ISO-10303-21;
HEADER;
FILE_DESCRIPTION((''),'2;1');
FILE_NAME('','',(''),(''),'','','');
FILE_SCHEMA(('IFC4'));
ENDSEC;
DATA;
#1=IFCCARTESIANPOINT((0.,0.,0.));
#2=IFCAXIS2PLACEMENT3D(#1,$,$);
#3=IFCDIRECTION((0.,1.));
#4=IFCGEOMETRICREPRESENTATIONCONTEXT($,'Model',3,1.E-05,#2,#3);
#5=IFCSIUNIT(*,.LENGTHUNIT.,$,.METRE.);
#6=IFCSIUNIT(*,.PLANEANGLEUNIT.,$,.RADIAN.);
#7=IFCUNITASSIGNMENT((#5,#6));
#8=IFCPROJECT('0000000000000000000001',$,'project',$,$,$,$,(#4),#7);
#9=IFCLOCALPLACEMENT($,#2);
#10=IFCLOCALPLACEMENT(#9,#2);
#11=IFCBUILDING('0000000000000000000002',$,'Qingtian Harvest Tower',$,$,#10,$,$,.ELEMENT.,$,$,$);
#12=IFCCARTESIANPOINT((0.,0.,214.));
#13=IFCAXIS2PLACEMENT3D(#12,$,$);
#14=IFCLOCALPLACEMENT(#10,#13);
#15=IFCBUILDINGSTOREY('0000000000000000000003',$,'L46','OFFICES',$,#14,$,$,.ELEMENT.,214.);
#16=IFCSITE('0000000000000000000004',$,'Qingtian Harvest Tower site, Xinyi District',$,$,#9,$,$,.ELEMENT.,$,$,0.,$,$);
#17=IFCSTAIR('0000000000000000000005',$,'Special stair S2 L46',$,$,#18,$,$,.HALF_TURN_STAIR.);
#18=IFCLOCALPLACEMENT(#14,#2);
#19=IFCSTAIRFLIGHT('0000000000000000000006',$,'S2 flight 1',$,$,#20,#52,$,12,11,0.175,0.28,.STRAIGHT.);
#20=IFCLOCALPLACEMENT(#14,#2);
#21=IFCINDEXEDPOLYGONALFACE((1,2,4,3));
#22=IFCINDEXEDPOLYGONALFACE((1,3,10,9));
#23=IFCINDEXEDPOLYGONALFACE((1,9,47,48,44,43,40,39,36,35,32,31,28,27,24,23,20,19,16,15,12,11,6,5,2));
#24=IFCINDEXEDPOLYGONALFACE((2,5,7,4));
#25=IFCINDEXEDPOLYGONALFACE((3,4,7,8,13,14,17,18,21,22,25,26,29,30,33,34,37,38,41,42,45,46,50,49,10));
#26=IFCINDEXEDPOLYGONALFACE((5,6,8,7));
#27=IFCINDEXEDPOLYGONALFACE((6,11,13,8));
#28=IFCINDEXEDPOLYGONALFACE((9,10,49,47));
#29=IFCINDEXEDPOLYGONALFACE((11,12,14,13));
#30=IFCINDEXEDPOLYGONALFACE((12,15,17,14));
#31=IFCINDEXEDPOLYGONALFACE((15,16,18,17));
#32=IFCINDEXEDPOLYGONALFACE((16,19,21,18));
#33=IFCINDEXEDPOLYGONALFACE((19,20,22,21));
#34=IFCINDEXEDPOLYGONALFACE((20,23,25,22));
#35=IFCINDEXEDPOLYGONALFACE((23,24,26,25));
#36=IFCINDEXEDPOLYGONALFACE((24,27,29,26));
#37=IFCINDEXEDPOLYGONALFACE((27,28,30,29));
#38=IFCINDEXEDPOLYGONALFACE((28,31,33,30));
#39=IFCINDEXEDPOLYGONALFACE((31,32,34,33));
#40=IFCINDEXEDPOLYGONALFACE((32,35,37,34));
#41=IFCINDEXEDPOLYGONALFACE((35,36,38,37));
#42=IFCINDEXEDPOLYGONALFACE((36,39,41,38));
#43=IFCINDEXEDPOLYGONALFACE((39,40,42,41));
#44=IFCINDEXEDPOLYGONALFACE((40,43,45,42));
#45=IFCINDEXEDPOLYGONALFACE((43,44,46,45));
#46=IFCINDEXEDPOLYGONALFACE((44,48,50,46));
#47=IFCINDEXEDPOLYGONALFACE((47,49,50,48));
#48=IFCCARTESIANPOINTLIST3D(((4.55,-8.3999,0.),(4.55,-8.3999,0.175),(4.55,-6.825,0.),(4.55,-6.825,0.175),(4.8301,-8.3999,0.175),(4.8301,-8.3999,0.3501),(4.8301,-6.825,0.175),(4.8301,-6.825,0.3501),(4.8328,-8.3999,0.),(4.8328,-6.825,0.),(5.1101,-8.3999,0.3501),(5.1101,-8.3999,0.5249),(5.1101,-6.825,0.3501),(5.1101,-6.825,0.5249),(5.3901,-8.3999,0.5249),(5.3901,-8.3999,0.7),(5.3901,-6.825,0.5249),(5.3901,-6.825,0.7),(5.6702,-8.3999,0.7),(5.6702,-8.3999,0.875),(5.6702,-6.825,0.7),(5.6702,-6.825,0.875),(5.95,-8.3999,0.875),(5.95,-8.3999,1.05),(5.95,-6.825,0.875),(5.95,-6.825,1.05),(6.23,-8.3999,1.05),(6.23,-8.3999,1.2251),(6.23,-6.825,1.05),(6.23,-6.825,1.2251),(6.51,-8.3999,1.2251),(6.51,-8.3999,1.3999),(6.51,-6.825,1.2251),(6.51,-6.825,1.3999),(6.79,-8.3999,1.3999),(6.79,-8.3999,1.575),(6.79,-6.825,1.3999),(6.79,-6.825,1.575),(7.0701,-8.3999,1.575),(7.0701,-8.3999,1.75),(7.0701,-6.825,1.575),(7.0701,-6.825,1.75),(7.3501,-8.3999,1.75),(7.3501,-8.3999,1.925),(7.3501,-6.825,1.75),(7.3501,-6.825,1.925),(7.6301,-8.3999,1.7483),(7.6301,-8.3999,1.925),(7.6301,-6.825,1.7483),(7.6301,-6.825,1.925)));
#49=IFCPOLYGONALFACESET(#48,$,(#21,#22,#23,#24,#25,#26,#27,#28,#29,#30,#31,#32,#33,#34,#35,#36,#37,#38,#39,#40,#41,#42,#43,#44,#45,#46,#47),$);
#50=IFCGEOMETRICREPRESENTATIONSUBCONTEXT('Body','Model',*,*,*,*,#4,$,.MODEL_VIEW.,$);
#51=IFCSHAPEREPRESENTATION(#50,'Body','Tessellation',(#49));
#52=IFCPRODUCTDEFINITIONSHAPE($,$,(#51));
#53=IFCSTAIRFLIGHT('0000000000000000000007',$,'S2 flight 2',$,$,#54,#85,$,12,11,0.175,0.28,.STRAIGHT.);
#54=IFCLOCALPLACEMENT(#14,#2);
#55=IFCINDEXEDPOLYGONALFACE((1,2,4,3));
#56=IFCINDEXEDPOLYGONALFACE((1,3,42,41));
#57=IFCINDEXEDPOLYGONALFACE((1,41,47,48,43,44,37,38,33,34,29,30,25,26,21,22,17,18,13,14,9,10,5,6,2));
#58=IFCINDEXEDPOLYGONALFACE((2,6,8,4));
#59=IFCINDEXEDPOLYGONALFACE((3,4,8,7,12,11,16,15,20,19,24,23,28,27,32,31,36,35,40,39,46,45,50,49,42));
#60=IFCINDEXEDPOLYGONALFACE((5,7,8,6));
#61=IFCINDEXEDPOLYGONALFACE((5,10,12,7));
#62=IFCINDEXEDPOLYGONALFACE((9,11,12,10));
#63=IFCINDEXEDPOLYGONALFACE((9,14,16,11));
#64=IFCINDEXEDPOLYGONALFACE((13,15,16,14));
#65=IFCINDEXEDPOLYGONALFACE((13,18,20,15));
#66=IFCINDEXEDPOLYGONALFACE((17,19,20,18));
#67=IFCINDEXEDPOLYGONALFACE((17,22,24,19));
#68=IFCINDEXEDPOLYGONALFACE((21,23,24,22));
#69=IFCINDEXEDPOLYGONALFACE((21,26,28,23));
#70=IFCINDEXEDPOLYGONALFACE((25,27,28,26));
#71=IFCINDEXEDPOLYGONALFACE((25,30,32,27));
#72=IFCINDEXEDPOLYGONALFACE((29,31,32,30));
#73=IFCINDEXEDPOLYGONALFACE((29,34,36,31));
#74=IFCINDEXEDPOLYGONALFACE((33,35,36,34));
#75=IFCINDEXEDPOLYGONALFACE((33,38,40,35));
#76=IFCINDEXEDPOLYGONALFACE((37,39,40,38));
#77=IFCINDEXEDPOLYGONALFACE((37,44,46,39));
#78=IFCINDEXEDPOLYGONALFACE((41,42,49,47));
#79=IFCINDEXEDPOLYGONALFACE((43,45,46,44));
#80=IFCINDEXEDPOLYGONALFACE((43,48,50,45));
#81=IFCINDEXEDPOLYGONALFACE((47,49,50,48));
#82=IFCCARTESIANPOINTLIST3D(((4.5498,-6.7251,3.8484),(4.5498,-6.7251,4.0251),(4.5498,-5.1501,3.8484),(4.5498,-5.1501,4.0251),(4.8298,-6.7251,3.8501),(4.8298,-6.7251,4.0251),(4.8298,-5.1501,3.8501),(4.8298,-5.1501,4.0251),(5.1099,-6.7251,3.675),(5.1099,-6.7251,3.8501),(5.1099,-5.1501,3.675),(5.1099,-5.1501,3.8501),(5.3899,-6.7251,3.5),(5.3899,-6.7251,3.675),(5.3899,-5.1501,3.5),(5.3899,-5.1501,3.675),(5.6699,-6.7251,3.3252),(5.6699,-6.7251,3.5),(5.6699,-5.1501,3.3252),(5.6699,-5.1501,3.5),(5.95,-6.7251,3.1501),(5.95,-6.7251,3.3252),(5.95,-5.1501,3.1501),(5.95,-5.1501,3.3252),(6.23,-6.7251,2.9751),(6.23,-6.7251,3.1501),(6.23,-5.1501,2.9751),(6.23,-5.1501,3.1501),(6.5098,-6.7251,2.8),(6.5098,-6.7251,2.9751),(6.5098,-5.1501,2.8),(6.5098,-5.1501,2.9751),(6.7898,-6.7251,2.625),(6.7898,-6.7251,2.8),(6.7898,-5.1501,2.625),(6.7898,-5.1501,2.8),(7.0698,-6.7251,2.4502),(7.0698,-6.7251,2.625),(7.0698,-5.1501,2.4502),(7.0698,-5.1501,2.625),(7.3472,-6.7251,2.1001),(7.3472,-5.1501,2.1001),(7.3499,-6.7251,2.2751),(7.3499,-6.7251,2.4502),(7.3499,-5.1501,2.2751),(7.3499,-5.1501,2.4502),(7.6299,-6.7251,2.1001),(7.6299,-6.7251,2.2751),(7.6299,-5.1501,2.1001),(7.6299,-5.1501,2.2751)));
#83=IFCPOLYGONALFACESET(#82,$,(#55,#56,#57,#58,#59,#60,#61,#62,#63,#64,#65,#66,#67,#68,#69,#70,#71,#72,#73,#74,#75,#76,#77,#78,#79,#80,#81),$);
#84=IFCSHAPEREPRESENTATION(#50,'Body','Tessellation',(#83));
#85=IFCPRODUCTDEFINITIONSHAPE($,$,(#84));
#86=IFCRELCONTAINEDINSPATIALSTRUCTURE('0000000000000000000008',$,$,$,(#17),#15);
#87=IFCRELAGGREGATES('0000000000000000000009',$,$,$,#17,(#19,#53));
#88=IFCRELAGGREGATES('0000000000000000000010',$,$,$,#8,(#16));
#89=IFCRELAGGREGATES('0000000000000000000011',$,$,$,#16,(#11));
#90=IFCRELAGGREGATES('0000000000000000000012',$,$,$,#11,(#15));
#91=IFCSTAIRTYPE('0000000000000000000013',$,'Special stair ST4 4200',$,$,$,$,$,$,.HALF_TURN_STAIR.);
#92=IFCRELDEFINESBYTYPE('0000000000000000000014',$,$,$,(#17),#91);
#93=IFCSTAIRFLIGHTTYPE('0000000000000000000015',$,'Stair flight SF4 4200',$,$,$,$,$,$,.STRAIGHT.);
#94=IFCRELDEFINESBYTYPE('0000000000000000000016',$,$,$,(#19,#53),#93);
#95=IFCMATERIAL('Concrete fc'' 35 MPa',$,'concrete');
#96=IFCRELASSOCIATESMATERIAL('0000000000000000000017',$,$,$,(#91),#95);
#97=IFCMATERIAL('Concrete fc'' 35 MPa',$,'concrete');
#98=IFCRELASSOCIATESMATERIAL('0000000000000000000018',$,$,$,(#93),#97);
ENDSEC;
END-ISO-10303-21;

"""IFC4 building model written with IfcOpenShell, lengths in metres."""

from ifc_helpers import new_model, si_unit, direction, frame, origin, place, context, subcontext, project, spatial, polyline, outline, extrude, material, type_object, element, aggregate, save


model = new_model("IFC4")

# Units and contexts
model_context = context("Model", 3, precision=1e-05, world=origin(), true_north=direction((0.0, 1.0)))
body_context = subcontext(model_context, "Body", "Model", "MODEL_VIEW")
ifc_project = project(units=[si_unit("LENGTHUNIT", "METRE"), si_unit("PLANEANGLEUNIT", "RADIAN")], contexts=[model_context])

# Site, building, storey
site_placement = place(None, origin())
site = spatial("IfcSite", under=ifc_project, at=site_placement, Name="Qingtian Harvest Tower site, Xinyi District", CompositionType="ELEMENT", RefElevation=0.0)
building_placement = place(site_placement, origin())
building = spatial("IfcBuilding", under=site, at=building_placement, Name="Qingtian Harvest Tower", CompositionType="ELEMENT")
storey_placement = place(building_placement, frame((0.0, 0.0, 214.0)))
storey = spatial("IfcBuildingStorey", under=building, at=storey_placement, Name="L46", Description="OFFICES", CompositionType="ELEMENT", Elevation=214.0)

# Stair, stair flights
ifc_material_1 = material(Name="Concrete fc' 35 MPa", Category="concrete")
stair_type = type_object("IfcStairType", Name="Special stair ST4 4200", PredefinedType="HALF_TURN_STAIR", material=ifc_material_1)
stair_placement = place(storey_placement, origin())
stair = element("IfcStair", 1, at=stair_placement, inside=storey, type_object=stair_type, Name="Special stair S2 L46", PredefinedType="HALF_TURN_STAIR")
ifc_material_2 = material(Name="Concrete fc' 35 MPa", Category="concrete")
stair_flight_type = type_object("IfcStairFlightType", Name="Stair flight SF4 4200", PredefinedType="STRAIGHT", material=ifc_material_2)
stair_flight_1_placement = place(storey_placement, frame((4.55, -7.6125, 0.0), z_axis=(0.0, 0.0, 1.0), x_axis=(1.0, 0.0, 0.0)))
stair_flight_1 = element("IfcStairFlight", 2, at=stair_flight_1_placement, type_object=stair_flight_type, Name="S2 flight 1", NumberOfRisers=12, NumberOfTreads=11, PredefinedType="STRAIGHT", RiserHeight=0.175, TreadLength=0.28, context=body_context, shape_type="SweptSolid", body=[
    extrude(outline(polyline([(0.0, 0.0), (0.0, 0.175), (0.28, 0.175), (0.28, 0.3501), (0.5601, 0.3501), (0.5601, 0.5249), (0.8401, 0.5249), (0.8401, 0.7), (1.1201, 0.7), (1.1201, 0.875), (1.3999, 0.875), (1.3999, 1.05), (1.6799, 1.05), (1.6799, 1.2251), (1.96, 1.2251), (1.96, 1.3999), (2.24, 1.3999), (2.24, 1.575), (2.52, 1.575), (2.52, 1.75), (2.8, 1.75), (2.8, 1.925), (3.0801, 1.925), (3.0801, 2.1001), (3.0801, 1.7483), (0.2827, 0.0), (0.0, 0.0)])), frame((0.0, 0.7876, 0.0), z_axis=(0.0, -1.0, 0.0), x_axis=(1.0, 0.0, 0.0)), (0.0, 0.0, 1.0), 1.575),
])
stair_flight_2_placement = place(storey_placement, frame((7.6299, -5.9375, 2.1001), z_axis=(0.0, 0.0, 1.0), x_axis=(-1.0, 0.0, 0.0)))
stair_flight_2 = element("IfcStairFlight", 3, at=stair_flight_2_placement, type_object=stair_flight_type, Name="S2 flight 2", NumberOfRisers=12, NumberOfTreads=11, PredefinedType="STRAIGHT", RiserHeight=0.175, TreadLength=0.28, context=body_context, shape_type="SweptSolid", body=[
    extrude(outline(polyline([(0.0, 0.0), (0.0, 0.175), (0.28, 0.175), (0.28, 0.3501), (0.5601, 0.3501), (0.5601, 0.5249), (0.8401, 0.5249), (0.8401, 0.7), (1.1201, 0.7), (1.1201, 0.875), (1.3999, 0.875), (1.3999, 1.05), (1.6799, 1.05), (1.6799, 1.2251), (1.96, 1.2251), (1.96, 1.3999), (2.24, 1.3999), (2.24, 1.575), (2.52, 1.575), (2.52, 1.75), (2.8, 1.75), (2.8, 1.925), (3.0801, 1.925), (3.0801, 2.1001), (3.0801, 1.7483), (0.2827, 0.0), (0.0, 0.0)])), frame((0.0, 0.7876, 0.0), z_axis=(0.0, -1.0, 0.0), x_axis=(1.0, 0.0, 0.0)), (0.0, 0.0, 1.0), 1.575),
])
aggregate(stair, [stair_flight_1, stair_flight_2])

save(model, "model.ifc")
